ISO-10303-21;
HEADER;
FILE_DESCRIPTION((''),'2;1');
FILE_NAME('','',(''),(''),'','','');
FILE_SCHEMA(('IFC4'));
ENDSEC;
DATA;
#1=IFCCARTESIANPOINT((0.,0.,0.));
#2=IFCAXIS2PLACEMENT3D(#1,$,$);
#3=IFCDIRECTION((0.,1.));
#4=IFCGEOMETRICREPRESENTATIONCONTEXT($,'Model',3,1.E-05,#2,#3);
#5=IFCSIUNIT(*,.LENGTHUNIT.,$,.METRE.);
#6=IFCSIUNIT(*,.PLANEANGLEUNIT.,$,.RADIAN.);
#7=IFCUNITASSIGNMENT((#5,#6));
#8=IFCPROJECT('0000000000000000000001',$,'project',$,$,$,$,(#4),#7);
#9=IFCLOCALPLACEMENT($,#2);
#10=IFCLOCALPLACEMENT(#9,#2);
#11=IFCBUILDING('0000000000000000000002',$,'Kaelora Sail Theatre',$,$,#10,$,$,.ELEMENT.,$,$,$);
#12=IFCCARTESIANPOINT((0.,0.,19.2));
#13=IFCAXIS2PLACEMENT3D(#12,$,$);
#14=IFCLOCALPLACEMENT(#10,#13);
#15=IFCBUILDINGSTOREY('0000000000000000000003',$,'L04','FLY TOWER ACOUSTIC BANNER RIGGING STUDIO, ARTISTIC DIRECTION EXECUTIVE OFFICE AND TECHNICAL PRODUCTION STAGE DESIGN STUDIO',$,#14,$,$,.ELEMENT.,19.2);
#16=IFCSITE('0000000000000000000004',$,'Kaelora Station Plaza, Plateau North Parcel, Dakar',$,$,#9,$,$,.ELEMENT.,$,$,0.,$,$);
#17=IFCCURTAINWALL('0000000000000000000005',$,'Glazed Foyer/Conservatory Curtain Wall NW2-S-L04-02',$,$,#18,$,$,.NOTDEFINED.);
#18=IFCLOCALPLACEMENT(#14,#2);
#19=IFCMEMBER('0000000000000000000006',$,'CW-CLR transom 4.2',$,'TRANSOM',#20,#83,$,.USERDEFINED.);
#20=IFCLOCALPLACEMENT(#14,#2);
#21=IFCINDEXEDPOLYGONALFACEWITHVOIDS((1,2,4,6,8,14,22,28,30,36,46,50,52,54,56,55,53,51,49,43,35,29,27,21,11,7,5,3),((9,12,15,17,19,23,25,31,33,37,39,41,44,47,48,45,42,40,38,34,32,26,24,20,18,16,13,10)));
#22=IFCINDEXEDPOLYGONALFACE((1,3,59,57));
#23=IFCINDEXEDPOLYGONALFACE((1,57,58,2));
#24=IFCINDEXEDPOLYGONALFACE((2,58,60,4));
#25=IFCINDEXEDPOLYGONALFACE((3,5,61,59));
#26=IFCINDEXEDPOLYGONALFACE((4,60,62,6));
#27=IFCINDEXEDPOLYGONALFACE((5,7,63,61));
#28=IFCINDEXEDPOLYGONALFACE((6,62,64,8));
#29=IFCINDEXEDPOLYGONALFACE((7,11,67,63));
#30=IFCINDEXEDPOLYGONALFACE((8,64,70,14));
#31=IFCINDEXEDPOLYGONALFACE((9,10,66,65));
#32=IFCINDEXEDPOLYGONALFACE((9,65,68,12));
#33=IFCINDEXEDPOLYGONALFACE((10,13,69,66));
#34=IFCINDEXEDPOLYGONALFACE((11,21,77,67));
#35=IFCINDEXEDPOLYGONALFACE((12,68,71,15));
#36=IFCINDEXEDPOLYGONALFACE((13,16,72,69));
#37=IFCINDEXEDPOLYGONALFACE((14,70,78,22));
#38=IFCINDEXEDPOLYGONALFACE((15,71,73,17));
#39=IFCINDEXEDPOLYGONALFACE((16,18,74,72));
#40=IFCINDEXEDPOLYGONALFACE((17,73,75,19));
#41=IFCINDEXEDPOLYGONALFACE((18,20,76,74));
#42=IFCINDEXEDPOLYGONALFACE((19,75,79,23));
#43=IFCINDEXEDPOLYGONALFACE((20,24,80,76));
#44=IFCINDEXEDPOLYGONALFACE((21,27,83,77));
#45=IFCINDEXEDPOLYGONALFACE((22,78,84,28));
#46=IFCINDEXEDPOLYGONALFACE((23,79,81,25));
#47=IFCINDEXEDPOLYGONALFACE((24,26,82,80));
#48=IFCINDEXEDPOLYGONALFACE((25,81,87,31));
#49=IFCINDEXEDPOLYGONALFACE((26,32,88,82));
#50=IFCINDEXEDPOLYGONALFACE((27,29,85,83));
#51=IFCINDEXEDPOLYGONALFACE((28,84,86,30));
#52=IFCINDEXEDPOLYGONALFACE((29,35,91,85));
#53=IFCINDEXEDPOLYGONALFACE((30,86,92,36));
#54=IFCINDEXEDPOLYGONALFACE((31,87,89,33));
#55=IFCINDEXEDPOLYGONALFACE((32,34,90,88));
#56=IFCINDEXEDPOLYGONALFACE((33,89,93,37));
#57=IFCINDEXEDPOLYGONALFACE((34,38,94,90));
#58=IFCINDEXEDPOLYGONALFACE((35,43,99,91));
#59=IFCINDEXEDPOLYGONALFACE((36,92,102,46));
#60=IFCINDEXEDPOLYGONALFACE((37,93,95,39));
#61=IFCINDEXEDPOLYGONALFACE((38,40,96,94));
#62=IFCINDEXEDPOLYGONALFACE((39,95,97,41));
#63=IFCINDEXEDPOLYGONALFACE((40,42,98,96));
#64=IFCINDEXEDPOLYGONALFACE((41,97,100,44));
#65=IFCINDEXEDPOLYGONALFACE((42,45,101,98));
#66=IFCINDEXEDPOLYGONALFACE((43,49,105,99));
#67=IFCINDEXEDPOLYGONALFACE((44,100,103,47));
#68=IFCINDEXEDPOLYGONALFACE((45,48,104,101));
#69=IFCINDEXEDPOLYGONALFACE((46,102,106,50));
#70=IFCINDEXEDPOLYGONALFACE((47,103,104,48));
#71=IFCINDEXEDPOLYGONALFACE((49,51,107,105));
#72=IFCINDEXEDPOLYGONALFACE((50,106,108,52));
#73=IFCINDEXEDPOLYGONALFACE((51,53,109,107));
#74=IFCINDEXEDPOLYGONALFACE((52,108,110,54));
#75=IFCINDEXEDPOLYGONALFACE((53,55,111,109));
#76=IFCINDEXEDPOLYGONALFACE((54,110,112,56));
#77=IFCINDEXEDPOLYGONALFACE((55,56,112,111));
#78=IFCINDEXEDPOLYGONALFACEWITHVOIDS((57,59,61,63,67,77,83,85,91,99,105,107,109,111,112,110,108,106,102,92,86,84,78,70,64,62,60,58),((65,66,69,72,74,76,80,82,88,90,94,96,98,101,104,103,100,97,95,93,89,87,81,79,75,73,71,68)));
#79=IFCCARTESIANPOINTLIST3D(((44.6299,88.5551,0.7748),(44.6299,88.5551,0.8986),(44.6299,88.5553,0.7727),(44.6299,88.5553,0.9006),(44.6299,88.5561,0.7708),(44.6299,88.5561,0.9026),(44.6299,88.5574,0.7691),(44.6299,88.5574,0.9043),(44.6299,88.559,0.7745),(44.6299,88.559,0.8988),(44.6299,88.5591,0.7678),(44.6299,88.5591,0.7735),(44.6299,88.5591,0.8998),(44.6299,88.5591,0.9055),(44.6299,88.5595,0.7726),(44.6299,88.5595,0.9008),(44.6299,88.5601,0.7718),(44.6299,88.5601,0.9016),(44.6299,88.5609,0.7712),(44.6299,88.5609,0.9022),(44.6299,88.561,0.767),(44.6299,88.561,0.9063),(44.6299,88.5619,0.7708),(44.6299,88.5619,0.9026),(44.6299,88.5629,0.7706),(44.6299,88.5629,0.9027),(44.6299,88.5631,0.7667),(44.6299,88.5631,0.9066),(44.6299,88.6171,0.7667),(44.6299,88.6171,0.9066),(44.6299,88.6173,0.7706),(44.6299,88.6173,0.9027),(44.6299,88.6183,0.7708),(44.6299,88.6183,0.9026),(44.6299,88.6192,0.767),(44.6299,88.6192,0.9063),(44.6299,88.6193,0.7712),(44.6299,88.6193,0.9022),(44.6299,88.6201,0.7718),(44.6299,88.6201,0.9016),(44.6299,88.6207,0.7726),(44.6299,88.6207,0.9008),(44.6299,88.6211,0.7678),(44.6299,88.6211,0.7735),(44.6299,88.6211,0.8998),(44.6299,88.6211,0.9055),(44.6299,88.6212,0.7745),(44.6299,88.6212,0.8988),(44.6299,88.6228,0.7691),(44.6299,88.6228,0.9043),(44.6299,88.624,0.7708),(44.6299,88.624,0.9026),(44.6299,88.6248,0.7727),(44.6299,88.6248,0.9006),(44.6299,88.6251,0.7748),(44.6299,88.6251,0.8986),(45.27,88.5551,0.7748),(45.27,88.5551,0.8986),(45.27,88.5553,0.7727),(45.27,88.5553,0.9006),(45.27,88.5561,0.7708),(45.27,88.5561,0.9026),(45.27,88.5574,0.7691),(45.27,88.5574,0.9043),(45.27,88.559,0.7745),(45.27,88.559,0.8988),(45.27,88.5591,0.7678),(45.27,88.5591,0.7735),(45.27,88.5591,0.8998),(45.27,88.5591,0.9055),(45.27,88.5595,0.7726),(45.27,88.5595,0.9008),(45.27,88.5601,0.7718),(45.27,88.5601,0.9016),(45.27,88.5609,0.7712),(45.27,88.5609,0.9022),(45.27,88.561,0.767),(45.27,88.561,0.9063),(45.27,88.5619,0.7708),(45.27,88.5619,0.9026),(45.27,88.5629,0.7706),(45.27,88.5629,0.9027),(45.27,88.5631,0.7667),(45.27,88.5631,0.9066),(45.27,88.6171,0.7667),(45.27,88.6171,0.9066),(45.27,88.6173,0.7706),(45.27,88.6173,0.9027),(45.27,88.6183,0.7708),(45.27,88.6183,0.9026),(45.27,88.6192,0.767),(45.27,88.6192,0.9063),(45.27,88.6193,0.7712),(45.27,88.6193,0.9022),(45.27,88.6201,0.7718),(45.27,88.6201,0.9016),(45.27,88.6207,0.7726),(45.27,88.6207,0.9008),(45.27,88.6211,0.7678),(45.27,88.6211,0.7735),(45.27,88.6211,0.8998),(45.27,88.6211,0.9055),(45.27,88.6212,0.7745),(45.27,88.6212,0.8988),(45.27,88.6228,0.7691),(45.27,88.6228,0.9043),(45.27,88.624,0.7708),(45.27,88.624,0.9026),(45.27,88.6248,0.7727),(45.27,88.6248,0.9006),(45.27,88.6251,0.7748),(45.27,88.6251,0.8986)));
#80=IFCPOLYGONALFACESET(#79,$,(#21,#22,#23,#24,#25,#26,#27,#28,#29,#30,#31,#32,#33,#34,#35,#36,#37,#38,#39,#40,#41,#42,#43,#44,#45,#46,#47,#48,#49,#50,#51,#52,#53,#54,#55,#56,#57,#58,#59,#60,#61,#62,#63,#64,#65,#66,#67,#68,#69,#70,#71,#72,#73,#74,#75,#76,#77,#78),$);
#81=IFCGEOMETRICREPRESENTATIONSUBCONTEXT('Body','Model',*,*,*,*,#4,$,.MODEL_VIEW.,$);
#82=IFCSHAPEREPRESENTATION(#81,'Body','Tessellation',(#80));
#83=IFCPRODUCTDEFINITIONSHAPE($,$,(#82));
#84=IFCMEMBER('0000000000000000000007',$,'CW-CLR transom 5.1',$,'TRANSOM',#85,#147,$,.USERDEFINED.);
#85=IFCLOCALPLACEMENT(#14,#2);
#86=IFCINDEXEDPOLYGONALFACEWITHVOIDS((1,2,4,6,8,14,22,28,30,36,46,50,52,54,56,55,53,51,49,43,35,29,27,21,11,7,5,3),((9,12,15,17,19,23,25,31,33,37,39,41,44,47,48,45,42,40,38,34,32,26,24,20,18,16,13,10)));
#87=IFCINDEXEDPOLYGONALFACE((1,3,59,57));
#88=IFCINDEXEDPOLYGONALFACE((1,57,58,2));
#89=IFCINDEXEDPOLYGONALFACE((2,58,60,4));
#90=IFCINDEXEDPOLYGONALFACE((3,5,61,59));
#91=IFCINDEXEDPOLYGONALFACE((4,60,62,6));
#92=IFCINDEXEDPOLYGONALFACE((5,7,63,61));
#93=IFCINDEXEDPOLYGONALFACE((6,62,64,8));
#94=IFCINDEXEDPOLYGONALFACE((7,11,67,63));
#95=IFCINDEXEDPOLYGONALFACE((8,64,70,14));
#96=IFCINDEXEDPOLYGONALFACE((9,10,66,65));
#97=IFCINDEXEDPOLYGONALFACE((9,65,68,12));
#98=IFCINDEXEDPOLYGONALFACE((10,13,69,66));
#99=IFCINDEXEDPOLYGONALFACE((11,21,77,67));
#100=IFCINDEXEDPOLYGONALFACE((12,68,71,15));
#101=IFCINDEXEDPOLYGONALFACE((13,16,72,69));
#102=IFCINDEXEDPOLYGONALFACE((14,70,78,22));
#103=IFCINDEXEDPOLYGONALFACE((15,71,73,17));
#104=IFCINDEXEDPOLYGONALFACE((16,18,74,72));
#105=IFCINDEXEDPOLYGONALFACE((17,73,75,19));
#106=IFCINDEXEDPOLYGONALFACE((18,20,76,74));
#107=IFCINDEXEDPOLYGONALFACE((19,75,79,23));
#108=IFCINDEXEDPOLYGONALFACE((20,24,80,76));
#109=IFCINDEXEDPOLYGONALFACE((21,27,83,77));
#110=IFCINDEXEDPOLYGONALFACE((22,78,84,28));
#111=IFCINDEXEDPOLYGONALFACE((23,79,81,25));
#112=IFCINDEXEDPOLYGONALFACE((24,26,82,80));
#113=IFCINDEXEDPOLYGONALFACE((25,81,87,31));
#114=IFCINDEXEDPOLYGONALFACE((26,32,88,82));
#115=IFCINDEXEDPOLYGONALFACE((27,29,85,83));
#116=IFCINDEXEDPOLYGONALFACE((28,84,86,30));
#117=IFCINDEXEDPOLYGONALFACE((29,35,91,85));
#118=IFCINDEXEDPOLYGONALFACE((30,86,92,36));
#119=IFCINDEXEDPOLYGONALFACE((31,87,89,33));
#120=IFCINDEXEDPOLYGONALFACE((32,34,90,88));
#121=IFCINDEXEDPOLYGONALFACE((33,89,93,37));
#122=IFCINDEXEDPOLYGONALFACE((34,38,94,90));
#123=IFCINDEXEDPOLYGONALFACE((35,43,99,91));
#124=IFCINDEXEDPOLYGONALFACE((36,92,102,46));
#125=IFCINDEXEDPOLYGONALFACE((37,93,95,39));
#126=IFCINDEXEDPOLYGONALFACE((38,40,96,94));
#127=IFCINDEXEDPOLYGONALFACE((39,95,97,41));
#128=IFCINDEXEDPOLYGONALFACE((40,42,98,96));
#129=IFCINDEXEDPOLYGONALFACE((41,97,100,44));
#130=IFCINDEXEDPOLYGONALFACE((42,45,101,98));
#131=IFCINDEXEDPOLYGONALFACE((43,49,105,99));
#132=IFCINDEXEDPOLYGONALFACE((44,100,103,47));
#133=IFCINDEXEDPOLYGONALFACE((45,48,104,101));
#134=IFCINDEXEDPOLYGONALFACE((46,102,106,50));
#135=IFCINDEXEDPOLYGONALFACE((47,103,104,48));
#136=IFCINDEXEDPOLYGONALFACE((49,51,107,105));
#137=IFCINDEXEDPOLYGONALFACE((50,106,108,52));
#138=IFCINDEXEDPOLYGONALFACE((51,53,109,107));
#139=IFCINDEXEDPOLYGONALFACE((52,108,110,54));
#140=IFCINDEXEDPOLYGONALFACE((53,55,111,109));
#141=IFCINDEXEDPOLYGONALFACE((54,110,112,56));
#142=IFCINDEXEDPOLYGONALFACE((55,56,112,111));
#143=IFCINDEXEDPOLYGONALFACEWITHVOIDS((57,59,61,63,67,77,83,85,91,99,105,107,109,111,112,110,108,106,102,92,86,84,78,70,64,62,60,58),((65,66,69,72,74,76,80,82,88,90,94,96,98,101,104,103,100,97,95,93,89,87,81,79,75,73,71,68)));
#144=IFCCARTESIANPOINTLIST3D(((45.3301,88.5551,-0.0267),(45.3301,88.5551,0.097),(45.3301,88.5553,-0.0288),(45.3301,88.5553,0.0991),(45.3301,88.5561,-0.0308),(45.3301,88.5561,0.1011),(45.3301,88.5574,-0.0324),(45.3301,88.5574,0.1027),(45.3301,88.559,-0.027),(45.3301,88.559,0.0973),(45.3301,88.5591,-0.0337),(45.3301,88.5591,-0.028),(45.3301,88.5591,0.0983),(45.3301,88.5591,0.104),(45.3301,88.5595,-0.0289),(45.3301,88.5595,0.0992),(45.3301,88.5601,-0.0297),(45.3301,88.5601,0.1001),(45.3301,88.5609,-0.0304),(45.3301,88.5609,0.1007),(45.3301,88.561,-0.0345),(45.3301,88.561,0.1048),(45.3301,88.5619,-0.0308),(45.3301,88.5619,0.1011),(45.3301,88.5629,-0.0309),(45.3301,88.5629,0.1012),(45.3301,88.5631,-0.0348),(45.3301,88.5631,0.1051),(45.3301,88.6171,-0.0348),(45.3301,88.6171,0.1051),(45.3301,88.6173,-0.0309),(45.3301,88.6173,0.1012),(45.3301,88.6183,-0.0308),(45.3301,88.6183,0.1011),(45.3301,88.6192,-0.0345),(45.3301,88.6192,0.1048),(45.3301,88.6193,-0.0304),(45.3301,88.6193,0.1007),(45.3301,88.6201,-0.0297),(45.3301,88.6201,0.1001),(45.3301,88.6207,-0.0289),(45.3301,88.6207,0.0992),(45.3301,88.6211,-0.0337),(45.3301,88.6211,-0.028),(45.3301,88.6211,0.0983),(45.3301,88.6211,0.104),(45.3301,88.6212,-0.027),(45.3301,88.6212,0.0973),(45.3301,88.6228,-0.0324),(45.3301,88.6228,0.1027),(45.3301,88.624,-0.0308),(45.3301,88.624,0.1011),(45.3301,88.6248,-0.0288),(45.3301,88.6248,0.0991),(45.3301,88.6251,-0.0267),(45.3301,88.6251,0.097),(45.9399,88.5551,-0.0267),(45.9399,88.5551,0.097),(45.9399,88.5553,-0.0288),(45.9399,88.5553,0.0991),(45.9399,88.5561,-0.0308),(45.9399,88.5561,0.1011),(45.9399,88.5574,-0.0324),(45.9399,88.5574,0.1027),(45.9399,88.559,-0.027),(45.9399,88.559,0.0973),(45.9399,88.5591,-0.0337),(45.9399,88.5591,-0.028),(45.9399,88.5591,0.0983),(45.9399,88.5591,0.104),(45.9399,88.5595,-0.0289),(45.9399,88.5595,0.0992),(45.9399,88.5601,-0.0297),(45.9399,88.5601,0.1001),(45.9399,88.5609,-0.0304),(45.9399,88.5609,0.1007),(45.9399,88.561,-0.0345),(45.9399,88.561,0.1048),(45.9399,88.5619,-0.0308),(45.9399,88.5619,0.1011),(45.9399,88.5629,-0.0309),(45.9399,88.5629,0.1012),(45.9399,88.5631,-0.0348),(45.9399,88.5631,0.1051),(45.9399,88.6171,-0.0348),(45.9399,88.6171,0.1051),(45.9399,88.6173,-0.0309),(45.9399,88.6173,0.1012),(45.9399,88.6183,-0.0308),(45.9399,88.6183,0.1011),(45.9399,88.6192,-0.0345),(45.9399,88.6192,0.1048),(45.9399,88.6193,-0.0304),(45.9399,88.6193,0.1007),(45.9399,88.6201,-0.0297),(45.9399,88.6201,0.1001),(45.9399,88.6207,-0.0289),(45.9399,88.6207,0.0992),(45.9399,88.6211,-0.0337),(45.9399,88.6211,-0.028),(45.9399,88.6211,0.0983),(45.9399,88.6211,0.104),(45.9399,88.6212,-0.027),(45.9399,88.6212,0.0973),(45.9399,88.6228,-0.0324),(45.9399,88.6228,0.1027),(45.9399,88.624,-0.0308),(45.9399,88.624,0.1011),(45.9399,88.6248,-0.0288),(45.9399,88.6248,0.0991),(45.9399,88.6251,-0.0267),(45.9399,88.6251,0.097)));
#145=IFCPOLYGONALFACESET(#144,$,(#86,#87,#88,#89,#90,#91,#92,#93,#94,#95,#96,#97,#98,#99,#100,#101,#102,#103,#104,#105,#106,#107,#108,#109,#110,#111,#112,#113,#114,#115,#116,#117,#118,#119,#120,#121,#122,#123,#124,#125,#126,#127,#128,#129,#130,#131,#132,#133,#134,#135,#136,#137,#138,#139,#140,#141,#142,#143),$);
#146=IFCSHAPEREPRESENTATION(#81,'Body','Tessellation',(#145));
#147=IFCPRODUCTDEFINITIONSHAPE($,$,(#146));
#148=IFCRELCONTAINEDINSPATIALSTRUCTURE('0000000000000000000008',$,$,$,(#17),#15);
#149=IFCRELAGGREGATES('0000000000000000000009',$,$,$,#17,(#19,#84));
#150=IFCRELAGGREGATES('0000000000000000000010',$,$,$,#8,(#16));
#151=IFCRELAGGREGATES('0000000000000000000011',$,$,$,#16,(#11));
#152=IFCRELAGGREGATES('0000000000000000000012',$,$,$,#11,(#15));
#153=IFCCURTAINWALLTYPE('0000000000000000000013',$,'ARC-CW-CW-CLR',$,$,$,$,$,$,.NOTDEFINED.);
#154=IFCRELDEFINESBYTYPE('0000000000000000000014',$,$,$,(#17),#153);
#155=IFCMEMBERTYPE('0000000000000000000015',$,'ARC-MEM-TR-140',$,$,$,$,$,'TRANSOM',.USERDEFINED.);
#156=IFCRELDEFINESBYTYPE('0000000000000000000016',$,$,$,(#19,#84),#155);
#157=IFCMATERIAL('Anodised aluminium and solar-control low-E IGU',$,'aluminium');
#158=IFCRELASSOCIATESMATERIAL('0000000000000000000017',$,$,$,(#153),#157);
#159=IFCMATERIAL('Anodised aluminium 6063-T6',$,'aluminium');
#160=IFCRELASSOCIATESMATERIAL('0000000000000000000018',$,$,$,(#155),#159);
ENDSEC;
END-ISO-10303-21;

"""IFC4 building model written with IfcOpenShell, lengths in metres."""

from ifc_helpers import new_model, si_unit, direction, frame, origin, origin_2d, place, context, subcontext, project, spatial, hollow_rectangle, extrude, material, material_profile, profile_set, type_object, element, aggregate, save


model = new_model("IFC4")

# Units and contexts
model_context = context("Model", 3, precision=1e-05, world=origin(), true_north=direction((0.0, 1.0)))
body_context = subcontext(model_context, "Body", "Model", "MODEL_VIEW")
ifc_project = project(units=[si_unit("LENGTHUNIT", "METRE"), si_unit("PLANEANGLEUNIT", "RADIAN")], contexts=[model_context])

# Site, building, storey
site_placement = place(None, origin())
site = spatial("IfcSite", under=ifc_project, at=site_placement, Name="Kaelora Station Plaza, Plateau North Parcel, Dakar", CompositionType="ELEMENT", RefElevation=0.0)
building_placement = place(site_placement, origin())
building = spatial("IfcBuilding", under=site, at=building_placement, Name="Kaelora Sail Theatre", CompositionType="ELEMENT")
storey_placement = place(building_placement, frame((0.0, 0.0, 19.2)))
storey = spatial("IfcBuildingStorey", under=building, at=storey_placement, Name="L04", Description="FLY TOWER ACOUSTIC BANNER RIGGING STUDIO, ARTISTIC DIRECTION EXECUTIVE OFFICE AND TECHNICAL PRODUCTION STAGE DESIGN STUDIO", CompositionType="ELEMENT", Elevation=19.2)

# Curtain wall, members
ifc_material_1 = material(Name="Anodised aluminium and solar-control low-E IGU", Category="aluminium")
curtain_wall_type = type_object("IfcCurtainWallType", Name="ARC-CW-CW-CLR", PredefinedType="NOTDEFINED", material=ifc_material_1)
curtain_wall_placement = place(storey_placement, origin())
curtain_wall = element("IfcCurtainWall", 1, at=curtain_wall_placement, inside=storey, type_object=curtain_wall_type, Name="Glazed Foyer/Conservatory Curtain Wall NW2-S-L04-02", PredefinedType="NOTDEFINED")
ifc_material_2 = material(Name="Anodised aluminium 6063-T6", Category="aluminium")
ifc_material_profile_1 = material_profile(ifc_material_2, hollow_rectangle(XDim=0.0701, YDim=0.1399, WallThickness=0.0039, InnerFilletRadius=0.0039, OuterFilletRadius=0.0081, at=origin_2d()), Name="ALU-TRAN 70x140x4")
ifc_profile_set_1 = profile_set([ifc_material_profile_1], Name="Anodised aluminium 6063-T6")
member_type_1 = type_object("IfcMemberType", Name="ARC-MEM-TR-140", ElementType="TRANSOM", PredefinedType="USERDEFINED", material=ifc_profile_set_1)
member_1_placement = place(storey_placement, frame((44.6299, 88.5901, 0.8367), z_axis=(1.0, 0.0, 0.0), x_axis=(0.0, 1.0, 0.0)))
member_1 = element("IfcMember", 2, at=member_1_placement, type_object=member_type_1, Name="CW-CLR transom 4.2", ObjectType="TRANSOM", PredefinedType="USERDEFINED", context=body_context, shape_type="SweptSolid", body=[
    extrude(hollow_rectangle(XDim=0.0701, YDim=0.1399, WallThickness=0.0039, InnerFilletRadius=0.0039, OuterFilletRadius=0.0081, at=origin_2d()), origin(), (0.0, 0.0, 1.0), 0.6401),
])
member_2_placement = place(storey_placement, frame((45.3301, 88.5901, 0.0352), z_axis=(1.0, 0.0, 0.0), x_axis=(0.0, 1.0, 0.0)))
member_2 = element("IfcMember", 3, at=member_2_placement, type_object=member_type_1, Name="CW-CLR transom 5.1", ObjectType="TRANSOM", PredefinedType="USERDEFINED", context=body_context, shape_type="SweptSolid", body=[
    extrude(hollow_rectangle(XDim=0.0701, YDim=0.1399, WallThickness=0.0039, InnerFilletRadius=0.0039, OuterFilletRadius=0.0081, at=origin_2d()), origin(), (0.0, 0.0, 1.0), 0.6099),
])
aggregate(curtain_wall, [member_1, member_2])

save(model, "model.ifc")
